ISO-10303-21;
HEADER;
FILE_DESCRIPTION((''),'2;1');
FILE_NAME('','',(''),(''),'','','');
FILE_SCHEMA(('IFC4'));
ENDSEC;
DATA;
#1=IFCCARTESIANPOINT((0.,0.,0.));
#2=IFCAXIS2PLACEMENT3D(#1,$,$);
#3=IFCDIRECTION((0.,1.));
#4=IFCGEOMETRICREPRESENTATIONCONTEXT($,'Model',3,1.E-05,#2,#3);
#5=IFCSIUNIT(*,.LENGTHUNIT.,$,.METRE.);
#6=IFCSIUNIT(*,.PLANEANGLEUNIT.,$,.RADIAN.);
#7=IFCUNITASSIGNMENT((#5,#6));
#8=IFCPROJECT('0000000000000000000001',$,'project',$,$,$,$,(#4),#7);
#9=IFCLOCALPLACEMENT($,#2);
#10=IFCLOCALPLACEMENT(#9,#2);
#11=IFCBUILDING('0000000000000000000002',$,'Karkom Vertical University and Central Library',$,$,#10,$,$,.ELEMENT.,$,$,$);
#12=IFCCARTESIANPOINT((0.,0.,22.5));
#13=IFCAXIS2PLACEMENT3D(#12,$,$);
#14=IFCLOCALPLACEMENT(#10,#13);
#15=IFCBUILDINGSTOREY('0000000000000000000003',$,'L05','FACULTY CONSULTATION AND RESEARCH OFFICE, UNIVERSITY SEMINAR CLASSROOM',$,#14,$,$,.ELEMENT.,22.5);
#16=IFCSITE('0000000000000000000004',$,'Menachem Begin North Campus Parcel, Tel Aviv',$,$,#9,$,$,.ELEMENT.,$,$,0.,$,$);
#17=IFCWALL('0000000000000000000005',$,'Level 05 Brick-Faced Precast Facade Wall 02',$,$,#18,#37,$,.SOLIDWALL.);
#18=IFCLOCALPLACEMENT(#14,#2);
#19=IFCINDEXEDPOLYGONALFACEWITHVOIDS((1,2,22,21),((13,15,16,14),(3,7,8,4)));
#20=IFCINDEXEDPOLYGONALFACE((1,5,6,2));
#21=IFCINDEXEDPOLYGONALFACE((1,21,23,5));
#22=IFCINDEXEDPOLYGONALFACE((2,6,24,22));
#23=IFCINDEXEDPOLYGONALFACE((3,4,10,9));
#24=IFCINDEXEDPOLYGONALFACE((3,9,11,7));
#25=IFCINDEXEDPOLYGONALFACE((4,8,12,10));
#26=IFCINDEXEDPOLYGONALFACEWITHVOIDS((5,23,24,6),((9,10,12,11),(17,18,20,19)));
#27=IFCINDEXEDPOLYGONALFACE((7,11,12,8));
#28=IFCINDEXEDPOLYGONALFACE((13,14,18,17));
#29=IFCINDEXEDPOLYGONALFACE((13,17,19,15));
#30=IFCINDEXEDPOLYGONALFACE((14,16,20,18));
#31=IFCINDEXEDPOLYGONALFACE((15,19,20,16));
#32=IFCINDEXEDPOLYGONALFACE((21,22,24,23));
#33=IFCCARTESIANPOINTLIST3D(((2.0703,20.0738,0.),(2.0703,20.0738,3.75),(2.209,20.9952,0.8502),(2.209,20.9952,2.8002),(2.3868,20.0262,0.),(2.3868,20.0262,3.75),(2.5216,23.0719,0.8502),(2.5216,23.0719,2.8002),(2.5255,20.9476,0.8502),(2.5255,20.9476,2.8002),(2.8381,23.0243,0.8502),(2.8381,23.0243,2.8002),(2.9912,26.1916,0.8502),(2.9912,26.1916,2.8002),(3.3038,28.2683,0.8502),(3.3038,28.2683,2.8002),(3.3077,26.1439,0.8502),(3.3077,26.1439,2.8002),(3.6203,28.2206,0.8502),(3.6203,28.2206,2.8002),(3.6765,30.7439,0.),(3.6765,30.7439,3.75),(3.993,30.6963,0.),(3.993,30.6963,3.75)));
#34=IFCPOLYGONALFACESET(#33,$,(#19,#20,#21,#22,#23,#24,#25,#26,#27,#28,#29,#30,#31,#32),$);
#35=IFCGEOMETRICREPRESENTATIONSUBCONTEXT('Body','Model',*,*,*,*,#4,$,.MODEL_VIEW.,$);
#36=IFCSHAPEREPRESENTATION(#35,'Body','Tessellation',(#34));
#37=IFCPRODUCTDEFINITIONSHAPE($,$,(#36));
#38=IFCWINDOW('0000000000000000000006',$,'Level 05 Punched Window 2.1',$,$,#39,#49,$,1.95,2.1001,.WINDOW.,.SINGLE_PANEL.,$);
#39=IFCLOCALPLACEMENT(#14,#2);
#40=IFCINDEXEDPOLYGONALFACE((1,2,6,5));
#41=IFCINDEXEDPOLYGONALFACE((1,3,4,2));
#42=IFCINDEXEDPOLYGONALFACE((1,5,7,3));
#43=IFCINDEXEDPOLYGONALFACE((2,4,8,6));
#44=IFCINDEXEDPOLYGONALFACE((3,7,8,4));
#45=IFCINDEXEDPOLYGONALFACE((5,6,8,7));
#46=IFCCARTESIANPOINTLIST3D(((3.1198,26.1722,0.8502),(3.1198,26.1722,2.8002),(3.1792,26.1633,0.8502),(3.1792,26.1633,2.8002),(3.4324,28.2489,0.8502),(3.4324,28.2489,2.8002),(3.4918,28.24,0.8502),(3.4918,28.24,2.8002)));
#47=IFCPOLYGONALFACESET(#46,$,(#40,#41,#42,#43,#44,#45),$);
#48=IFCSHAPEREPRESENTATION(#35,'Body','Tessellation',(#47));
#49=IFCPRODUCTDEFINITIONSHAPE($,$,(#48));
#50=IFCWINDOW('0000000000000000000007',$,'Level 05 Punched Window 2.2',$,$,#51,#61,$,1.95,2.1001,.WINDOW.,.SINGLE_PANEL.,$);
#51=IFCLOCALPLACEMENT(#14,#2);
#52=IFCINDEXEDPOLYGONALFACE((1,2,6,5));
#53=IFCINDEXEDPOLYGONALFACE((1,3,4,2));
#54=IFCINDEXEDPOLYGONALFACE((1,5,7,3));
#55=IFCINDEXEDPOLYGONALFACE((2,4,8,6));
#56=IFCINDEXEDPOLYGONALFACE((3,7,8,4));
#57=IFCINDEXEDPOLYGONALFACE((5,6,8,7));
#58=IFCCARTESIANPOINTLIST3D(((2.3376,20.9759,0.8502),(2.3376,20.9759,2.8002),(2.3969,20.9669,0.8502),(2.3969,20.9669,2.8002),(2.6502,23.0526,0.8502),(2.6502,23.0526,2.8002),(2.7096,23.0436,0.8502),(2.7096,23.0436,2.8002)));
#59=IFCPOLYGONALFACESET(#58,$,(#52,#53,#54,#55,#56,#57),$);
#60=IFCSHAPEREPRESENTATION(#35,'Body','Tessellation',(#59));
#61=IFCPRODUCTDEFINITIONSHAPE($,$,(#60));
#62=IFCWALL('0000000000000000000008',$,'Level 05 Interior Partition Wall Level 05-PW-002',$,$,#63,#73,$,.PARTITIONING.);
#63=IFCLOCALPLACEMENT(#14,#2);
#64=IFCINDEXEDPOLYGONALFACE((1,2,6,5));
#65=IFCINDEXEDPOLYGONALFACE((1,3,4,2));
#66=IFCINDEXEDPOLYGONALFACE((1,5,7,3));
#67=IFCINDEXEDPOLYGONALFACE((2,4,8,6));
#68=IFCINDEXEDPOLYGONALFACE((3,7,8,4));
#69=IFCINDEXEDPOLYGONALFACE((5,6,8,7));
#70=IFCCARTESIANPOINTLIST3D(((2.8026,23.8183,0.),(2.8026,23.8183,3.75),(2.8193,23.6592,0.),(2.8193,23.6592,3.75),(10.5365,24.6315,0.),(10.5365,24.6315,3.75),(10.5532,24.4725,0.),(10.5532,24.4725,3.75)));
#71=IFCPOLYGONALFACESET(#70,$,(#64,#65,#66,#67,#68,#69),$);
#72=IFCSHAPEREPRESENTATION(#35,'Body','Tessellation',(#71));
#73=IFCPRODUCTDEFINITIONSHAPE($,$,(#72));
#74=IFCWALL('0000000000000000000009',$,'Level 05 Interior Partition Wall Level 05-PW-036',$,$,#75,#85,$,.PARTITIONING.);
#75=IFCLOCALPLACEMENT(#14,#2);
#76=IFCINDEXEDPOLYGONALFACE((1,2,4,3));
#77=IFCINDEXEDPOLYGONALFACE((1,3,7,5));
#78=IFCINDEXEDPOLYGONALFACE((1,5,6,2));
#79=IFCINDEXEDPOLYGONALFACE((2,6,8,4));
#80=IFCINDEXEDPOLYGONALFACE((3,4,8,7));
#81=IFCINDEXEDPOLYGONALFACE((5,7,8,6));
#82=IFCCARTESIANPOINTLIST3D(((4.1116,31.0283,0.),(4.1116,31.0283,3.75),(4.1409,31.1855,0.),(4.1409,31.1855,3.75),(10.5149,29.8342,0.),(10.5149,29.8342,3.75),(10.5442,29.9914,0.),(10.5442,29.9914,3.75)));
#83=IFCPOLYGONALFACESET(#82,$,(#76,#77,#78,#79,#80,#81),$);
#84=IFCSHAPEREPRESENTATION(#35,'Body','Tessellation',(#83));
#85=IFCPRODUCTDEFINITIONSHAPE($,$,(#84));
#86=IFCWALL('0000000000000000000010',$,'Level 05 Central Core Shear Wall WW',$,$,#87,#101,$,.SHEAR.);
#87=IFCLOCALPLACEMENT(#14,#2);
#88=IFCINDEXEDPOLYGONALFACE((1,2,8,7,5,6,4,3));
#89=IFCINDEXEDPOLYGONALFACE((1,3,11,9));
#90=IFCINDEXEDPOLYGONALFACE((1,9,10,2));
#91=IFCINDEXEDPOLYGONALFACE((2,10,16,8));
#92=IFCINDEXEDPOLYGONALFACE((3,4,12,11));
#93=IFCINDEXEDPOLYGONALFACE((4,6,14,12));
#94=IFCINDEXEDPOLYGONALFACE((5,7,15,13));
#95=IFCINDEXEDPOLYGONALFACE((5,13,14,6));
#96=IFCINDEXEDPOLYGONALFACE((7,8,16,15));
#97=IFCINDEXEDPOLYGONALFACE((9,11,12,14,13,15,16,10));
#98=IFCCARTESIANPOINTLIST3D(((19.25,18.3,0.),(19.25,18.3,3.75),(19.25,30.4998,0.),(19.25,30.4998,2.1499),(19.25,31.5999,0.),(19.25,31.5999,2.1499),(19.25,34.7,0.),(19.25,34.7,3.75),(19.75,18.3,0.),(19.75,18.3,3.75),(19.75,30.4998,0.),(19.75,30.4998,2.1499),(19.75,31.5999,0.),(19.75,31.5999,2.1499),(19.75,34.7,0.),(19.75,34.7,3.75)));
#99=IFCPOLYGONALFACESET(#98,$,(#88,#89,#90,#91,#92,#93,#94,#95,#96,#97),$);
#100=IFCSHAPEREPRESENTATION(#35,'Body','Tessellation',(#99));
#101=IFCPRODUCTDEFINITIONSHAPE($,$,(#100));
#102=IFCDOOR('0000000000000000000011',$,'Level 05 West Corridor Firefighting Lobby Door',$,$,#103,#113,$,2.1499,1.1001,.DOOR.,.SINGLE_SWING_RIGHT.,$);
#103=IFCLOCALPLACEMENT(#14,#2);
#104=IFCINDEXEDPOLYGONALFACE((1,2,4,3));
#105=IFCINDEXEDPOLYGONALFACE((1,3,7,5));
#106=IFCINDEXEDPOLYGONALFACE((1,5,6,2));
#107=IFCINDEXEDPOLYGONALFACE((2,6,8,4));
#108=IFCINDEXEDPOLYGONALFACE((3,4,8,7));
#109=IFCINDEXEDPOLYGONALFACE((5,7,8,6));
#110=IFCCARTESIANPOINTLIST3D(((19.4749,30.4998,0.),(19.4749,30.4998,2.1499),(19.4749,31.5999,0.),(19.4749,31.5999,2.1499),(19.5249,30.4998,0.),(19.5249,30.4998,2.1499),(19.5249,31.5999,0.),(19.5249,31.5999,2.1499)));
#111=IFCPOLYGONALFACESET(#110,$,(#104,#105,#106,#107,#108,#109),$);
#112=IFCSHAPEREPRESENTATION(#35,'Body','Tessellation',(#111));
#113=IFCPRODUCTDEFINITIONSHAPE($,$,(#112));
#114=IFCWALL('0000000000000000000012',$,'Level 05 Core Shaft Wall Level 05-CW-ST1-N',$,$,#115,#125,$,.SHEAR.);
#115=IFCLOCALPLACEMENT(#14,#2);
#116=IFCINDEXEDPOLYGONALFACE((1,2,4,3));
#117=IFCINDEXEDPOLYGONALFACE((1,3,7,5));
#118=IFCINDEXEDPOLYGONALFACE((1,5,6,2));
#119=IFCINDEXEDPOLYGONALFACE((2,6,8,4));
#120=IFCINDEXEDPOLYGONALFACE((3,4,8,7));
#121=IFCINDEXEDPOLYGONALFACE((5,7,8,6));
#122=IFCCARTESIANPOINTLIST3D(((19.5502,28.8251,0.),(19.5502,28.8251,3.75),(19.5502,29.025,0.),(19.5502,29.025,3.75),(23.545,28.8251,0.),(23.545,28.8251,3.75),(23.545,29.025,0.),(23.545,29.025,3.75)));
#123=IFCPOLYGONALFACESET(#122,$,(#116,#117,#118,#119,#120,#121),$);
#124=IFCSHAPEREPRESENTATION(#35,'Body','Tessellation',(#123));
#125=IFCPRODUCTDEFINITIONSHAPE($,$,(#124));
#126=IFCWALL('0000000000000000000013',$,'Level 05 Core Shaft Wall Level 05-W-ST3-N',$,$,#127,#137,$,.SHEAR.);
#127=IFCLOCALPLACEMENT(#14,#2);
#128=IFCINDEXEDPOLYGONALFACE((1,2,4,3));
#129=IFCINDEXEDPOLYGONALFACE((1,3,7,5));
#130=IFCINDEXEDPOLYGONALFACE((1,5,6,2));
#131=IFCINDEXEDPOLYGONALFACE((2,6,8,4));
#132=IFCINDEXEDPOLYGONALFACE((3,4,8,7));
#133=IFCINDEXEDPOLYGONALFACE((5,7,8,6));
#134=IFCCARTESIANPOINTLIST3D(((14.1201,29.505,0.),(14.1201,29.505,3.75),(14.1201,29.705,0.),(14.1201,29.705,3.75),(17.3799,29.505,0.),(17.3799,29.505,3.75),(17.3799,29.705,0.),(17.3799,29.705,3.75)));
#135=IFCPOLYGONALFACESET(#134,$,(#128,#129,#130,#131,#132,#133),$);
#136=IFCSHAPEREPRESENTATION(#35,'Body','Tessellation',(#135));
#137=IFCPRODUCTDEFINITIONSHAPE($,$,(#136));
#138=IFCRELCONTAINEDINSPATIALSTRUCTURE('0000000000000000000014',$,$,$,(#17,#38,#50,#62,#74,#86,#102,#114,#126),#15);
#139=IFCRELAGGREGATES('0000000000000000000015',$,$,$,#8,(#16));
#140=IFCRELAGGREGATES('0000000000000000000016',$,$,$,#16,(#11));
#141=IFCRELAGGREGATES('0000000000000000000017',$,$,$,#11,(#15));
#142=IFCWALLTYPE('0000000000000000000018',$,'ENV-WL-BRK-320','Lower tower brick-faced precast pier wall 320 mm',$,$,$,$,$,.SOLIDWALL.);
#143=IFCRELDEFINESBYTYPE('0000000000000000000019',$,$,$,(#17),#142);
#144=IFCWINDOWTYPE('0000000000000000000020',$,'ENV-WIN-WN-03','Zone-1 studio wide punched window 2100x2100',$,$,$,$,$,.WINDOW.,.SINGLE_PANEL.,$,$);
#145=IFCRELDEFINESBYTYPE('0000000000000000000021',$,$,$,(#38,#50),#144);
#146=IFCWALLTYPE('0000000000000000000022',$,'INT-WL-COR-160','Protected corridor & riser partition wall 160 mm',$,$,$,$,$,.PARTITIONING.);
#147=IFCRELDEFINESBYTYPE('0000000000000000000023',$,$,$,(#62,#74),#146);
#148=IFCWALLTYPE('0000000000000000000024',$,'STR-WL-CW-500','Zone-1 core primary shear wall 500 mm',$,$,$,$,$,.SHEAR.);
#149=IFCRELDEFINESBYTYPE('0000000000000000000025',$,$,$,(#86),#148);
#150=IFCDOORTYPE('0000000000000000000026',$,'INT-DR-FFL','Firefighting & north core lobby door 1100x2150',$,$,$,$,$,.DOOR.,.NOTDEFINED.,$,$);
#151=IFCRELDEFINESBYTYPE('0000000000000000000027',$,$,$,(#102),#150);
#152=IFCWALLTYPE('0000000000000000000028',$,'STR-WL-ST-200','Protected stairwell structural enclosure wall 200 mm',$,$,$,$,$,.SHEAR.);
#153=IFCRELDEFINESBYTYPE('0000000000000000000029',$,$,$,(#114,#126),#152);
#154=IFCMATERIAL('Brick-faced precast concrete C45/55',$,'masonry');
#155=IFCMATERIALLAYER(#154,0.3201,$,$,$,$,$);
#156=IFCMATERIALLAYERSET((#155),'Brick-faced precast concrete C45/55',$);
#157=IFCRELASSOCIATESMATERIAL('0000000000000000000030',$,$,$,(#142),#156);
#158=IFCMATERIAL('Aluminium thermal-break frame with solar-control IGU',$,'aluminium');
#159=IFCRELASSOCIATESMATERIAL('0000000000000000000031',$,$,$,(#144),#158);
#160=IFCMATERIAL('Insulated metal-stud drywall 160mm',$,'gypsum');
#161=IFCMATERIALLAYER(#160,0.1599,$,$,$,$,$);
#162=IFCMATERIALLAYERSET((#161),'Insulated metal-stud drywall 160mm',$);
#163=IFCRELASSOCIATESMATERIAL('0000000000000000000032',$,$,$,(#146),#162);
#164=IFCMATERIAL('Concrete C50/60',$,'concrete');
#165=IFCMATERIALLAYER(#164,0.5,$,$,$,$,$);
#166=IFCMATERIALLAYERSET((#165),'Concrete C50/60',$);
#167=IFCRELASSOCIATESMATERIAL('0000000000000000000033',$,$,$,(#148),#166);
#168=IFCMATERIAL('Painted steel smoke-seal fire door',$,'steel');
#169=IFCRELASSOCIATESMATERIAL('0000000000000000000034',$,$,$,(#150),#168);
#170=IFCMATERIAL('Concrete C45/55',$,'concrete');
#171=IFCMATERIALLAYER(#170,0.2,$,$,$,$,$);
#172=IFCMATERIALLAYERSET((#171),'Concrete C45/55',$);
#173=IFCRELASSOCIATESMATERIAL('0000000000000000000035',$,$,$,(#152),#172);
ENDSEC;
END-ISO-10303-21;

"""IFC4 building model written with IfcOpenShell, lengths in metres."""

from ifc_helpers import new_model, si_unit, direction, frame, frame_2d, origin, origin_with_axes, place, context, subcontext, project, spatial, rectangle, extrude, source, transform, mapped, material, layer, layer_set, type_object, element, fill, save


model = new_model("IFC4")

# Units and contexts
model_context = context("Model", 3, precision=1e-05, world=origin(), true_north=direction((0.0, 1.0)))
body_context = subcontext(model_context, "Body", "Model", "MODEL_VIEW")
ifc_project = project(units=[si_unit("LENGTHUNIT", "METRE"), si_unit("PLANEANGLEUNIT", "RADIAN")], contexts=[model_context])

# Site, building, storey
site_placement = place(None, origin())
site = spatial("IfcSite", under=ifc_project, at=site_placement, Name="Menachem Begin North Campus Parcel, Tel Aviv", CompositionType="ELEMENT", RefElevation=0.0)
building_placement = place(site_placement, origin())
building = spatial("IfcBuilding", under=site, at=building_placement, Name="Karkom Vertical University and Central Library", CompositionType="ELEMENT")
storey_placement = place(building_placement, frame((0.0, 0.0, 22.5)))
storey = spatial("IfcBuildingStorey", under=building, at=storey_placement, Name="L05", Description="FACULTY CONSULTATION AND RESEARCH OFFICE, UNIVERSITY SEMINAR CLASSROOM", CompositionType="ELEMENT", Elevation=22.5)

# Shared definitions
ifc_material_1 = material(Name="Concrete C50/60", Category="concrete")

# Wall, openings, windows
ifc_material_2 = material(Name="Brick-faced precast concrete C45/55", Category="masonry")
ifc_layer_1 = layer(ifc_material_2, 0.3201)
ifc_layer_set_1 = layer_set([ifc_layer_1], Name="Brick-faced precast concrete C45/55")
wall_type_1 = type_object("IfcWallType", Name="ENV-WL-BRK-320", Description="Lower tower brick-faced precast pier wall 320 mm", PredefinedType="SOLIDWALL", material=ifc_layer_set_1)
wall_1_placement = place(storey_placement, frame((3.8347, 30.72, 0.0), z_axis=(0.0, 0.0, 1.0), x_axis=(-0.148855, -0.988859, 0.0)))
wall_1 = element("IfcWall", 1, at=wall_1_placement, inside=storey, type_object=wall_type_1, Name="Level 05 Brick-Faced Precast Facade Wall 02", PredefinedType="SOLIDWALL", context=body_context, shape_type="SweptSolid", body=[
    extrude(rectangle(XDim=10.7903, YDim=0.3201, at=frame_2d((5.395, 0.0))), origin(), (0.0, 0.0, 1.0), 3.75),
])
opening_1_placement = place(wall_1_placement, frame((2.5034, 0.0, 0.8501)))
opening_1 = element("IfcOpeningElement", 2, at=opening_1_placement, cuts=wall_1, PredefinedType="OPENING", context=body_context, shape_type="SweptSolid", body=[
    extrude(rectangle(XDim=2.1001, YDim=1.95, at=frame_2d((1.05, 0.9751))), frame((0.0, 0.1699, 0.0), z_axis=(0.0, -1.0, 0.0), x_axis=(1.0, 0.0, 0.0)), (0.0, 0.0, 1.0), 0.3401),
])
opening_2_placement = place(wall_1_placement, frame((7.7583, 0.0, 0.8501)))
opening_2 = element("IfcOpeningElement", 3, at=opening_2_placement, cuts=wall_1, PredefinedType="OPENING", context=body_context, shape_type="SweptSolid", body=[
    extrude(rectangle(XDim=2.1001, YDim=1.95, at=frame_2d((1.05, 0.9751))), frame((0.0, 0.1699, 0.0), z_axis=(0.0, -1.0, 0.0), x_axis=(1.0, 0.0, 0.0)), (0.0, 0.0, 1.0), 0.3401),
])
ifc_material_3 = material(Name="Aluminium thermal-break frame with solar-control IGU", Category="aluminium")
window_type = type_object("IfcWindowType", Name="ENV-WIN-WN-03", Description="Zone-1 studio wide punched window 2100x2100", PartitioningType="SINGLE_PANEL", PredefinedType="WINDOW", material=ifc_material_3)
shared_shape_1 = source(origin_with_axes(), body_context, "Body", "SweptSolid", [
    extrude(rectangle(XDim=2.1001, YDim=1.95, at=frame_2d((1.05, 0.9751))), frame((0.0, 0.03, 0.0), z_axis=(0.0, -1.0, 0.0), x_axis=(1.0, 0.0, 0.0)), (0.0, 0.0, 1.0), 0.0601),
])
window_1_placement = place(opening_1_placement, origin())
window_1 = element("IfcWindow", 4, at=window_1_placement, inside=storey, type_object=window_type, Name="Level 05 Punched Window 2.1", OverallHeight=1.95, OverallWidth=2.1001, PartitioningType="SINGLE_PANEL", PredefinedType="WINDOW", context=body_context, shape_type="MappedRepresentation", body=[
    mapped(shared_shape_1, transform((0.0, 0.0, 0.0), scale=1.0)),
])
fill(opening_1, window_1)
window_2_placement = place(opening_2_placement, origin())
window_2 = element("IfcWindow", 5, at=window_2_placement, inside=storey, type_object=window_type, Name="Level 05 Punched Window 2.2", OverallHeight=1.95, OverallWidth=2.1001, PartitioningType="SINGLE_PANEL", PredefinedType="WINDOW", context=body_context, shape_type="MappedRepresentation", body=[
    mapped(shared_shape_1, transform((0.0, 0.0, 0.0), scale=1.0)),
])
fill(opening_2, window_2)

# Walls
ifc_material_4 = material(Name="Insulated metal-stud drywall 160mm", Category="gypsum")
ifc_layer_2 = layer(ifc_material_4, 0.1599)
ifc_layer_set_2 = layer_set([ifc_layer_2], Name="Insulated metal-stud drywall 160mm")
wall_type_2 = type_object("IfcWallType", Name="INT-WL-COR-160", Description="Protected corridor & riser partition wall 160 mm", PredefinedType="PARTITIONING", material=ifc_layer_set_2)
wall_2_placement = place(storey_placement, frame((2.811, 23.7388, 0.0), z_axis=(0.0, 0.0, 1.0), x_axis=(0.994517, 0.104575, 0.0)))
element("IfcWall", 6, at=wall_2_placement, inside=storey, type_object=wall_type_2, Name="Level 05 Interior Partition Wall Level 05-PW-002", PredefinedType="PARTITIONING", context=body_context, shape_type="SweptSolid", body=[
    extrude(rectangle(XDim=7.7766, YDim=0.1599, at=frame_2d((3.8882, 0.0))), origin(), (0.0, 0.0, 1.0), 3.75),
])
wall_3_placement = place(storey_placement, frame((10.5295, 29.9128, 0.0), z_axis=(0.0, 0.0, 1.0), x_axis=(-0.983053, 0.18332, 0.0)))
element("IfcWall", 7, at=wall_3_placement, inside=storey, type_object=wall_type_2, Name="Level 05 Interior Partition Wall Level 05-PW-036", PredefinedType="PARTITIONING", context=body_context, shape_type="SweptSolid", body=[
    extrude(rectangle(XDim=6.5137, YDim=0.1599, at=frame_2d((3.2568, 0.0))), origin(), (0.0, 0.0, 1.0), 3.75),
])

# Wall, opening, door
ifc_layer_3 = layer(ifc_material_1, 0.5)
ifc_layer_set_3 = layer_set([ifc_layer_3], Name="Concrete C50/60")
wall_type_3 = type_object("IfcWallType", Name="STR-WL-CW-500", Description="Zone-1 core primary shear wall 500 mm", PredefinedType="SHEAR", material=ifc_layer_set_3)
wall_4_placement = place(storey_placement, frame((19.5, 34.7, 0.0), z_axis=(0.0, 0.0, 1.0), x_axis=(0.0, -1.0, 0.0)))
wall_4 = element("IfcWall", 8, at=wall_4_placement, inside=storey, type_object=wall_type_3, Name="Level 05 Central Core Shear Wall WW", PredefinedType="SHEAR", context=body_context, shape_type="SweptSolid", body=[
    extrude(rectangle(XDim=16.3999, YDim=0.5, at=frame_2d((8.2, 0.0))), origin(), (0.0, 0.0, 1.0), 3.75),
])
opening_3_placement = place(wall_4_placement, frame((3.1001, 0.0, 0.0)))
opening_3 = element("IfcOpeningElement", 9, at=opening_3_placement, cuts=wall_4, PredefinedType="OPENING", context=body_context, shape_type="SweptSolid", body=[
    extrude(rectangle(XDim=1.1001, YDim=2.1499, at=frame_2d((0.55, 1.075))), frame((0.0, 0.26, 0.0), z_axis=(0.0, -1.0, 0.0), x_axis=(1.0, 0.0, 0.0)), (0.0, 0.0, 1.0), 0.52),
])
ifc_material_5 = material(Name="Painted steel smoke-seal fire door", Category="steel")
door_type = type_object("IfcDoorType", Name="INT-DR-FFL", Description="Firefighting & north core lobby door 1100x2150", OperationType="NOTDEFINED", PredefinedType="DOOR", material=ifc_material_5)
shared_shape_2 = source(origin_with_axes(), body_context, "Body", "SweptSolid", [
    extrude(rectangle(XDim=1.1001, YDim=2.1499, at=frame_2d((0.55, 1.075))), frame((0.0, 0.0249, 0.0), z_axis=(0.0, -1.0, 0.0), x_axis=(1.0, 0.0, 0.0)), (0.0, 0.0, 1.0), 0.05),
])
door_placement = place(opening_3_placement, origin())
door = element("IfcDoor", 10, at=door_placement, inside=storey, type_object=door_type, Name="Level 05 West Corridor Firefighting Lobby Door", OperationType="SINGLE_SWING_RIGHT", OverallHeight=2.1499, OverallWidth=1.1001, PredefinedType="DOOR", context=body_context, shape_type="MappedRepresentation", body=[
    mapped(shared_shape_2, transform((0.0, 0.0, 0.0), scale=1.0)),
])
fill(opening_3, door)

# Walls
ifc_material_6 = material(Name="Concrete C45/55", Category="concrete")
ifc_layer_4 = layer(ifc_material_6, 0.2)
ifc_layer_set_4 = layer_set([ifc_layer_4], Name="Concrete C45/55")
wall_type_4 = type_object("IfcWallType", Name="STR-WL-ST-200", Description="Protected stairwell structural enclosure wall 200 mm", PredefinedType="SHEAR", material=ifc_layer_set_4)
wall_5_placement = place(storey_placement, frame((19.55, 28.925, 0.0), z_axis=(0.0, 0.0, 1.0), x_axis=(1.0, 0.0, 0.0)))
element("IfcWall", 11, at=wall_5_placement, inside=storey, type_object=wall_type_4, Name="Level 05 Core Shaft Wall Level 05-CW-ST1-N", PredefinedType="SHEAR", context=body_context, shape_type="SweptSolid", body=[
    extrude(rectangle(XDim=3.9949, YDim=0.2, at=frame_2d((1.9976, 0.0))), origin(), (0.0, 0.0, 1.0), 3.75),
])
wall_6_placement = place(storey_placement, frame((14.1201, 29.605, 0.0), z_axis=(0.0, 0.0, 1.0), x_axis=(1.0, 0.0, 0.0)))
element("IfcWall", 12, at=wall_6_placement, inside=storey, type_object=wall_type_4, Name="Level 05 Core Shaft Wall Level 05-W-ST3-N", PredefinedType="SHEAR", context=body_context, shape_type="SweptSolid", body=[
    extrude(rectangle(XDim=3.2598, YDim=0.2, at=frame_2d((1.6299, 0.0))), origin(), (0.0, 0.0, 1.0), 3.75),
])

save(model, "model.ifc")
